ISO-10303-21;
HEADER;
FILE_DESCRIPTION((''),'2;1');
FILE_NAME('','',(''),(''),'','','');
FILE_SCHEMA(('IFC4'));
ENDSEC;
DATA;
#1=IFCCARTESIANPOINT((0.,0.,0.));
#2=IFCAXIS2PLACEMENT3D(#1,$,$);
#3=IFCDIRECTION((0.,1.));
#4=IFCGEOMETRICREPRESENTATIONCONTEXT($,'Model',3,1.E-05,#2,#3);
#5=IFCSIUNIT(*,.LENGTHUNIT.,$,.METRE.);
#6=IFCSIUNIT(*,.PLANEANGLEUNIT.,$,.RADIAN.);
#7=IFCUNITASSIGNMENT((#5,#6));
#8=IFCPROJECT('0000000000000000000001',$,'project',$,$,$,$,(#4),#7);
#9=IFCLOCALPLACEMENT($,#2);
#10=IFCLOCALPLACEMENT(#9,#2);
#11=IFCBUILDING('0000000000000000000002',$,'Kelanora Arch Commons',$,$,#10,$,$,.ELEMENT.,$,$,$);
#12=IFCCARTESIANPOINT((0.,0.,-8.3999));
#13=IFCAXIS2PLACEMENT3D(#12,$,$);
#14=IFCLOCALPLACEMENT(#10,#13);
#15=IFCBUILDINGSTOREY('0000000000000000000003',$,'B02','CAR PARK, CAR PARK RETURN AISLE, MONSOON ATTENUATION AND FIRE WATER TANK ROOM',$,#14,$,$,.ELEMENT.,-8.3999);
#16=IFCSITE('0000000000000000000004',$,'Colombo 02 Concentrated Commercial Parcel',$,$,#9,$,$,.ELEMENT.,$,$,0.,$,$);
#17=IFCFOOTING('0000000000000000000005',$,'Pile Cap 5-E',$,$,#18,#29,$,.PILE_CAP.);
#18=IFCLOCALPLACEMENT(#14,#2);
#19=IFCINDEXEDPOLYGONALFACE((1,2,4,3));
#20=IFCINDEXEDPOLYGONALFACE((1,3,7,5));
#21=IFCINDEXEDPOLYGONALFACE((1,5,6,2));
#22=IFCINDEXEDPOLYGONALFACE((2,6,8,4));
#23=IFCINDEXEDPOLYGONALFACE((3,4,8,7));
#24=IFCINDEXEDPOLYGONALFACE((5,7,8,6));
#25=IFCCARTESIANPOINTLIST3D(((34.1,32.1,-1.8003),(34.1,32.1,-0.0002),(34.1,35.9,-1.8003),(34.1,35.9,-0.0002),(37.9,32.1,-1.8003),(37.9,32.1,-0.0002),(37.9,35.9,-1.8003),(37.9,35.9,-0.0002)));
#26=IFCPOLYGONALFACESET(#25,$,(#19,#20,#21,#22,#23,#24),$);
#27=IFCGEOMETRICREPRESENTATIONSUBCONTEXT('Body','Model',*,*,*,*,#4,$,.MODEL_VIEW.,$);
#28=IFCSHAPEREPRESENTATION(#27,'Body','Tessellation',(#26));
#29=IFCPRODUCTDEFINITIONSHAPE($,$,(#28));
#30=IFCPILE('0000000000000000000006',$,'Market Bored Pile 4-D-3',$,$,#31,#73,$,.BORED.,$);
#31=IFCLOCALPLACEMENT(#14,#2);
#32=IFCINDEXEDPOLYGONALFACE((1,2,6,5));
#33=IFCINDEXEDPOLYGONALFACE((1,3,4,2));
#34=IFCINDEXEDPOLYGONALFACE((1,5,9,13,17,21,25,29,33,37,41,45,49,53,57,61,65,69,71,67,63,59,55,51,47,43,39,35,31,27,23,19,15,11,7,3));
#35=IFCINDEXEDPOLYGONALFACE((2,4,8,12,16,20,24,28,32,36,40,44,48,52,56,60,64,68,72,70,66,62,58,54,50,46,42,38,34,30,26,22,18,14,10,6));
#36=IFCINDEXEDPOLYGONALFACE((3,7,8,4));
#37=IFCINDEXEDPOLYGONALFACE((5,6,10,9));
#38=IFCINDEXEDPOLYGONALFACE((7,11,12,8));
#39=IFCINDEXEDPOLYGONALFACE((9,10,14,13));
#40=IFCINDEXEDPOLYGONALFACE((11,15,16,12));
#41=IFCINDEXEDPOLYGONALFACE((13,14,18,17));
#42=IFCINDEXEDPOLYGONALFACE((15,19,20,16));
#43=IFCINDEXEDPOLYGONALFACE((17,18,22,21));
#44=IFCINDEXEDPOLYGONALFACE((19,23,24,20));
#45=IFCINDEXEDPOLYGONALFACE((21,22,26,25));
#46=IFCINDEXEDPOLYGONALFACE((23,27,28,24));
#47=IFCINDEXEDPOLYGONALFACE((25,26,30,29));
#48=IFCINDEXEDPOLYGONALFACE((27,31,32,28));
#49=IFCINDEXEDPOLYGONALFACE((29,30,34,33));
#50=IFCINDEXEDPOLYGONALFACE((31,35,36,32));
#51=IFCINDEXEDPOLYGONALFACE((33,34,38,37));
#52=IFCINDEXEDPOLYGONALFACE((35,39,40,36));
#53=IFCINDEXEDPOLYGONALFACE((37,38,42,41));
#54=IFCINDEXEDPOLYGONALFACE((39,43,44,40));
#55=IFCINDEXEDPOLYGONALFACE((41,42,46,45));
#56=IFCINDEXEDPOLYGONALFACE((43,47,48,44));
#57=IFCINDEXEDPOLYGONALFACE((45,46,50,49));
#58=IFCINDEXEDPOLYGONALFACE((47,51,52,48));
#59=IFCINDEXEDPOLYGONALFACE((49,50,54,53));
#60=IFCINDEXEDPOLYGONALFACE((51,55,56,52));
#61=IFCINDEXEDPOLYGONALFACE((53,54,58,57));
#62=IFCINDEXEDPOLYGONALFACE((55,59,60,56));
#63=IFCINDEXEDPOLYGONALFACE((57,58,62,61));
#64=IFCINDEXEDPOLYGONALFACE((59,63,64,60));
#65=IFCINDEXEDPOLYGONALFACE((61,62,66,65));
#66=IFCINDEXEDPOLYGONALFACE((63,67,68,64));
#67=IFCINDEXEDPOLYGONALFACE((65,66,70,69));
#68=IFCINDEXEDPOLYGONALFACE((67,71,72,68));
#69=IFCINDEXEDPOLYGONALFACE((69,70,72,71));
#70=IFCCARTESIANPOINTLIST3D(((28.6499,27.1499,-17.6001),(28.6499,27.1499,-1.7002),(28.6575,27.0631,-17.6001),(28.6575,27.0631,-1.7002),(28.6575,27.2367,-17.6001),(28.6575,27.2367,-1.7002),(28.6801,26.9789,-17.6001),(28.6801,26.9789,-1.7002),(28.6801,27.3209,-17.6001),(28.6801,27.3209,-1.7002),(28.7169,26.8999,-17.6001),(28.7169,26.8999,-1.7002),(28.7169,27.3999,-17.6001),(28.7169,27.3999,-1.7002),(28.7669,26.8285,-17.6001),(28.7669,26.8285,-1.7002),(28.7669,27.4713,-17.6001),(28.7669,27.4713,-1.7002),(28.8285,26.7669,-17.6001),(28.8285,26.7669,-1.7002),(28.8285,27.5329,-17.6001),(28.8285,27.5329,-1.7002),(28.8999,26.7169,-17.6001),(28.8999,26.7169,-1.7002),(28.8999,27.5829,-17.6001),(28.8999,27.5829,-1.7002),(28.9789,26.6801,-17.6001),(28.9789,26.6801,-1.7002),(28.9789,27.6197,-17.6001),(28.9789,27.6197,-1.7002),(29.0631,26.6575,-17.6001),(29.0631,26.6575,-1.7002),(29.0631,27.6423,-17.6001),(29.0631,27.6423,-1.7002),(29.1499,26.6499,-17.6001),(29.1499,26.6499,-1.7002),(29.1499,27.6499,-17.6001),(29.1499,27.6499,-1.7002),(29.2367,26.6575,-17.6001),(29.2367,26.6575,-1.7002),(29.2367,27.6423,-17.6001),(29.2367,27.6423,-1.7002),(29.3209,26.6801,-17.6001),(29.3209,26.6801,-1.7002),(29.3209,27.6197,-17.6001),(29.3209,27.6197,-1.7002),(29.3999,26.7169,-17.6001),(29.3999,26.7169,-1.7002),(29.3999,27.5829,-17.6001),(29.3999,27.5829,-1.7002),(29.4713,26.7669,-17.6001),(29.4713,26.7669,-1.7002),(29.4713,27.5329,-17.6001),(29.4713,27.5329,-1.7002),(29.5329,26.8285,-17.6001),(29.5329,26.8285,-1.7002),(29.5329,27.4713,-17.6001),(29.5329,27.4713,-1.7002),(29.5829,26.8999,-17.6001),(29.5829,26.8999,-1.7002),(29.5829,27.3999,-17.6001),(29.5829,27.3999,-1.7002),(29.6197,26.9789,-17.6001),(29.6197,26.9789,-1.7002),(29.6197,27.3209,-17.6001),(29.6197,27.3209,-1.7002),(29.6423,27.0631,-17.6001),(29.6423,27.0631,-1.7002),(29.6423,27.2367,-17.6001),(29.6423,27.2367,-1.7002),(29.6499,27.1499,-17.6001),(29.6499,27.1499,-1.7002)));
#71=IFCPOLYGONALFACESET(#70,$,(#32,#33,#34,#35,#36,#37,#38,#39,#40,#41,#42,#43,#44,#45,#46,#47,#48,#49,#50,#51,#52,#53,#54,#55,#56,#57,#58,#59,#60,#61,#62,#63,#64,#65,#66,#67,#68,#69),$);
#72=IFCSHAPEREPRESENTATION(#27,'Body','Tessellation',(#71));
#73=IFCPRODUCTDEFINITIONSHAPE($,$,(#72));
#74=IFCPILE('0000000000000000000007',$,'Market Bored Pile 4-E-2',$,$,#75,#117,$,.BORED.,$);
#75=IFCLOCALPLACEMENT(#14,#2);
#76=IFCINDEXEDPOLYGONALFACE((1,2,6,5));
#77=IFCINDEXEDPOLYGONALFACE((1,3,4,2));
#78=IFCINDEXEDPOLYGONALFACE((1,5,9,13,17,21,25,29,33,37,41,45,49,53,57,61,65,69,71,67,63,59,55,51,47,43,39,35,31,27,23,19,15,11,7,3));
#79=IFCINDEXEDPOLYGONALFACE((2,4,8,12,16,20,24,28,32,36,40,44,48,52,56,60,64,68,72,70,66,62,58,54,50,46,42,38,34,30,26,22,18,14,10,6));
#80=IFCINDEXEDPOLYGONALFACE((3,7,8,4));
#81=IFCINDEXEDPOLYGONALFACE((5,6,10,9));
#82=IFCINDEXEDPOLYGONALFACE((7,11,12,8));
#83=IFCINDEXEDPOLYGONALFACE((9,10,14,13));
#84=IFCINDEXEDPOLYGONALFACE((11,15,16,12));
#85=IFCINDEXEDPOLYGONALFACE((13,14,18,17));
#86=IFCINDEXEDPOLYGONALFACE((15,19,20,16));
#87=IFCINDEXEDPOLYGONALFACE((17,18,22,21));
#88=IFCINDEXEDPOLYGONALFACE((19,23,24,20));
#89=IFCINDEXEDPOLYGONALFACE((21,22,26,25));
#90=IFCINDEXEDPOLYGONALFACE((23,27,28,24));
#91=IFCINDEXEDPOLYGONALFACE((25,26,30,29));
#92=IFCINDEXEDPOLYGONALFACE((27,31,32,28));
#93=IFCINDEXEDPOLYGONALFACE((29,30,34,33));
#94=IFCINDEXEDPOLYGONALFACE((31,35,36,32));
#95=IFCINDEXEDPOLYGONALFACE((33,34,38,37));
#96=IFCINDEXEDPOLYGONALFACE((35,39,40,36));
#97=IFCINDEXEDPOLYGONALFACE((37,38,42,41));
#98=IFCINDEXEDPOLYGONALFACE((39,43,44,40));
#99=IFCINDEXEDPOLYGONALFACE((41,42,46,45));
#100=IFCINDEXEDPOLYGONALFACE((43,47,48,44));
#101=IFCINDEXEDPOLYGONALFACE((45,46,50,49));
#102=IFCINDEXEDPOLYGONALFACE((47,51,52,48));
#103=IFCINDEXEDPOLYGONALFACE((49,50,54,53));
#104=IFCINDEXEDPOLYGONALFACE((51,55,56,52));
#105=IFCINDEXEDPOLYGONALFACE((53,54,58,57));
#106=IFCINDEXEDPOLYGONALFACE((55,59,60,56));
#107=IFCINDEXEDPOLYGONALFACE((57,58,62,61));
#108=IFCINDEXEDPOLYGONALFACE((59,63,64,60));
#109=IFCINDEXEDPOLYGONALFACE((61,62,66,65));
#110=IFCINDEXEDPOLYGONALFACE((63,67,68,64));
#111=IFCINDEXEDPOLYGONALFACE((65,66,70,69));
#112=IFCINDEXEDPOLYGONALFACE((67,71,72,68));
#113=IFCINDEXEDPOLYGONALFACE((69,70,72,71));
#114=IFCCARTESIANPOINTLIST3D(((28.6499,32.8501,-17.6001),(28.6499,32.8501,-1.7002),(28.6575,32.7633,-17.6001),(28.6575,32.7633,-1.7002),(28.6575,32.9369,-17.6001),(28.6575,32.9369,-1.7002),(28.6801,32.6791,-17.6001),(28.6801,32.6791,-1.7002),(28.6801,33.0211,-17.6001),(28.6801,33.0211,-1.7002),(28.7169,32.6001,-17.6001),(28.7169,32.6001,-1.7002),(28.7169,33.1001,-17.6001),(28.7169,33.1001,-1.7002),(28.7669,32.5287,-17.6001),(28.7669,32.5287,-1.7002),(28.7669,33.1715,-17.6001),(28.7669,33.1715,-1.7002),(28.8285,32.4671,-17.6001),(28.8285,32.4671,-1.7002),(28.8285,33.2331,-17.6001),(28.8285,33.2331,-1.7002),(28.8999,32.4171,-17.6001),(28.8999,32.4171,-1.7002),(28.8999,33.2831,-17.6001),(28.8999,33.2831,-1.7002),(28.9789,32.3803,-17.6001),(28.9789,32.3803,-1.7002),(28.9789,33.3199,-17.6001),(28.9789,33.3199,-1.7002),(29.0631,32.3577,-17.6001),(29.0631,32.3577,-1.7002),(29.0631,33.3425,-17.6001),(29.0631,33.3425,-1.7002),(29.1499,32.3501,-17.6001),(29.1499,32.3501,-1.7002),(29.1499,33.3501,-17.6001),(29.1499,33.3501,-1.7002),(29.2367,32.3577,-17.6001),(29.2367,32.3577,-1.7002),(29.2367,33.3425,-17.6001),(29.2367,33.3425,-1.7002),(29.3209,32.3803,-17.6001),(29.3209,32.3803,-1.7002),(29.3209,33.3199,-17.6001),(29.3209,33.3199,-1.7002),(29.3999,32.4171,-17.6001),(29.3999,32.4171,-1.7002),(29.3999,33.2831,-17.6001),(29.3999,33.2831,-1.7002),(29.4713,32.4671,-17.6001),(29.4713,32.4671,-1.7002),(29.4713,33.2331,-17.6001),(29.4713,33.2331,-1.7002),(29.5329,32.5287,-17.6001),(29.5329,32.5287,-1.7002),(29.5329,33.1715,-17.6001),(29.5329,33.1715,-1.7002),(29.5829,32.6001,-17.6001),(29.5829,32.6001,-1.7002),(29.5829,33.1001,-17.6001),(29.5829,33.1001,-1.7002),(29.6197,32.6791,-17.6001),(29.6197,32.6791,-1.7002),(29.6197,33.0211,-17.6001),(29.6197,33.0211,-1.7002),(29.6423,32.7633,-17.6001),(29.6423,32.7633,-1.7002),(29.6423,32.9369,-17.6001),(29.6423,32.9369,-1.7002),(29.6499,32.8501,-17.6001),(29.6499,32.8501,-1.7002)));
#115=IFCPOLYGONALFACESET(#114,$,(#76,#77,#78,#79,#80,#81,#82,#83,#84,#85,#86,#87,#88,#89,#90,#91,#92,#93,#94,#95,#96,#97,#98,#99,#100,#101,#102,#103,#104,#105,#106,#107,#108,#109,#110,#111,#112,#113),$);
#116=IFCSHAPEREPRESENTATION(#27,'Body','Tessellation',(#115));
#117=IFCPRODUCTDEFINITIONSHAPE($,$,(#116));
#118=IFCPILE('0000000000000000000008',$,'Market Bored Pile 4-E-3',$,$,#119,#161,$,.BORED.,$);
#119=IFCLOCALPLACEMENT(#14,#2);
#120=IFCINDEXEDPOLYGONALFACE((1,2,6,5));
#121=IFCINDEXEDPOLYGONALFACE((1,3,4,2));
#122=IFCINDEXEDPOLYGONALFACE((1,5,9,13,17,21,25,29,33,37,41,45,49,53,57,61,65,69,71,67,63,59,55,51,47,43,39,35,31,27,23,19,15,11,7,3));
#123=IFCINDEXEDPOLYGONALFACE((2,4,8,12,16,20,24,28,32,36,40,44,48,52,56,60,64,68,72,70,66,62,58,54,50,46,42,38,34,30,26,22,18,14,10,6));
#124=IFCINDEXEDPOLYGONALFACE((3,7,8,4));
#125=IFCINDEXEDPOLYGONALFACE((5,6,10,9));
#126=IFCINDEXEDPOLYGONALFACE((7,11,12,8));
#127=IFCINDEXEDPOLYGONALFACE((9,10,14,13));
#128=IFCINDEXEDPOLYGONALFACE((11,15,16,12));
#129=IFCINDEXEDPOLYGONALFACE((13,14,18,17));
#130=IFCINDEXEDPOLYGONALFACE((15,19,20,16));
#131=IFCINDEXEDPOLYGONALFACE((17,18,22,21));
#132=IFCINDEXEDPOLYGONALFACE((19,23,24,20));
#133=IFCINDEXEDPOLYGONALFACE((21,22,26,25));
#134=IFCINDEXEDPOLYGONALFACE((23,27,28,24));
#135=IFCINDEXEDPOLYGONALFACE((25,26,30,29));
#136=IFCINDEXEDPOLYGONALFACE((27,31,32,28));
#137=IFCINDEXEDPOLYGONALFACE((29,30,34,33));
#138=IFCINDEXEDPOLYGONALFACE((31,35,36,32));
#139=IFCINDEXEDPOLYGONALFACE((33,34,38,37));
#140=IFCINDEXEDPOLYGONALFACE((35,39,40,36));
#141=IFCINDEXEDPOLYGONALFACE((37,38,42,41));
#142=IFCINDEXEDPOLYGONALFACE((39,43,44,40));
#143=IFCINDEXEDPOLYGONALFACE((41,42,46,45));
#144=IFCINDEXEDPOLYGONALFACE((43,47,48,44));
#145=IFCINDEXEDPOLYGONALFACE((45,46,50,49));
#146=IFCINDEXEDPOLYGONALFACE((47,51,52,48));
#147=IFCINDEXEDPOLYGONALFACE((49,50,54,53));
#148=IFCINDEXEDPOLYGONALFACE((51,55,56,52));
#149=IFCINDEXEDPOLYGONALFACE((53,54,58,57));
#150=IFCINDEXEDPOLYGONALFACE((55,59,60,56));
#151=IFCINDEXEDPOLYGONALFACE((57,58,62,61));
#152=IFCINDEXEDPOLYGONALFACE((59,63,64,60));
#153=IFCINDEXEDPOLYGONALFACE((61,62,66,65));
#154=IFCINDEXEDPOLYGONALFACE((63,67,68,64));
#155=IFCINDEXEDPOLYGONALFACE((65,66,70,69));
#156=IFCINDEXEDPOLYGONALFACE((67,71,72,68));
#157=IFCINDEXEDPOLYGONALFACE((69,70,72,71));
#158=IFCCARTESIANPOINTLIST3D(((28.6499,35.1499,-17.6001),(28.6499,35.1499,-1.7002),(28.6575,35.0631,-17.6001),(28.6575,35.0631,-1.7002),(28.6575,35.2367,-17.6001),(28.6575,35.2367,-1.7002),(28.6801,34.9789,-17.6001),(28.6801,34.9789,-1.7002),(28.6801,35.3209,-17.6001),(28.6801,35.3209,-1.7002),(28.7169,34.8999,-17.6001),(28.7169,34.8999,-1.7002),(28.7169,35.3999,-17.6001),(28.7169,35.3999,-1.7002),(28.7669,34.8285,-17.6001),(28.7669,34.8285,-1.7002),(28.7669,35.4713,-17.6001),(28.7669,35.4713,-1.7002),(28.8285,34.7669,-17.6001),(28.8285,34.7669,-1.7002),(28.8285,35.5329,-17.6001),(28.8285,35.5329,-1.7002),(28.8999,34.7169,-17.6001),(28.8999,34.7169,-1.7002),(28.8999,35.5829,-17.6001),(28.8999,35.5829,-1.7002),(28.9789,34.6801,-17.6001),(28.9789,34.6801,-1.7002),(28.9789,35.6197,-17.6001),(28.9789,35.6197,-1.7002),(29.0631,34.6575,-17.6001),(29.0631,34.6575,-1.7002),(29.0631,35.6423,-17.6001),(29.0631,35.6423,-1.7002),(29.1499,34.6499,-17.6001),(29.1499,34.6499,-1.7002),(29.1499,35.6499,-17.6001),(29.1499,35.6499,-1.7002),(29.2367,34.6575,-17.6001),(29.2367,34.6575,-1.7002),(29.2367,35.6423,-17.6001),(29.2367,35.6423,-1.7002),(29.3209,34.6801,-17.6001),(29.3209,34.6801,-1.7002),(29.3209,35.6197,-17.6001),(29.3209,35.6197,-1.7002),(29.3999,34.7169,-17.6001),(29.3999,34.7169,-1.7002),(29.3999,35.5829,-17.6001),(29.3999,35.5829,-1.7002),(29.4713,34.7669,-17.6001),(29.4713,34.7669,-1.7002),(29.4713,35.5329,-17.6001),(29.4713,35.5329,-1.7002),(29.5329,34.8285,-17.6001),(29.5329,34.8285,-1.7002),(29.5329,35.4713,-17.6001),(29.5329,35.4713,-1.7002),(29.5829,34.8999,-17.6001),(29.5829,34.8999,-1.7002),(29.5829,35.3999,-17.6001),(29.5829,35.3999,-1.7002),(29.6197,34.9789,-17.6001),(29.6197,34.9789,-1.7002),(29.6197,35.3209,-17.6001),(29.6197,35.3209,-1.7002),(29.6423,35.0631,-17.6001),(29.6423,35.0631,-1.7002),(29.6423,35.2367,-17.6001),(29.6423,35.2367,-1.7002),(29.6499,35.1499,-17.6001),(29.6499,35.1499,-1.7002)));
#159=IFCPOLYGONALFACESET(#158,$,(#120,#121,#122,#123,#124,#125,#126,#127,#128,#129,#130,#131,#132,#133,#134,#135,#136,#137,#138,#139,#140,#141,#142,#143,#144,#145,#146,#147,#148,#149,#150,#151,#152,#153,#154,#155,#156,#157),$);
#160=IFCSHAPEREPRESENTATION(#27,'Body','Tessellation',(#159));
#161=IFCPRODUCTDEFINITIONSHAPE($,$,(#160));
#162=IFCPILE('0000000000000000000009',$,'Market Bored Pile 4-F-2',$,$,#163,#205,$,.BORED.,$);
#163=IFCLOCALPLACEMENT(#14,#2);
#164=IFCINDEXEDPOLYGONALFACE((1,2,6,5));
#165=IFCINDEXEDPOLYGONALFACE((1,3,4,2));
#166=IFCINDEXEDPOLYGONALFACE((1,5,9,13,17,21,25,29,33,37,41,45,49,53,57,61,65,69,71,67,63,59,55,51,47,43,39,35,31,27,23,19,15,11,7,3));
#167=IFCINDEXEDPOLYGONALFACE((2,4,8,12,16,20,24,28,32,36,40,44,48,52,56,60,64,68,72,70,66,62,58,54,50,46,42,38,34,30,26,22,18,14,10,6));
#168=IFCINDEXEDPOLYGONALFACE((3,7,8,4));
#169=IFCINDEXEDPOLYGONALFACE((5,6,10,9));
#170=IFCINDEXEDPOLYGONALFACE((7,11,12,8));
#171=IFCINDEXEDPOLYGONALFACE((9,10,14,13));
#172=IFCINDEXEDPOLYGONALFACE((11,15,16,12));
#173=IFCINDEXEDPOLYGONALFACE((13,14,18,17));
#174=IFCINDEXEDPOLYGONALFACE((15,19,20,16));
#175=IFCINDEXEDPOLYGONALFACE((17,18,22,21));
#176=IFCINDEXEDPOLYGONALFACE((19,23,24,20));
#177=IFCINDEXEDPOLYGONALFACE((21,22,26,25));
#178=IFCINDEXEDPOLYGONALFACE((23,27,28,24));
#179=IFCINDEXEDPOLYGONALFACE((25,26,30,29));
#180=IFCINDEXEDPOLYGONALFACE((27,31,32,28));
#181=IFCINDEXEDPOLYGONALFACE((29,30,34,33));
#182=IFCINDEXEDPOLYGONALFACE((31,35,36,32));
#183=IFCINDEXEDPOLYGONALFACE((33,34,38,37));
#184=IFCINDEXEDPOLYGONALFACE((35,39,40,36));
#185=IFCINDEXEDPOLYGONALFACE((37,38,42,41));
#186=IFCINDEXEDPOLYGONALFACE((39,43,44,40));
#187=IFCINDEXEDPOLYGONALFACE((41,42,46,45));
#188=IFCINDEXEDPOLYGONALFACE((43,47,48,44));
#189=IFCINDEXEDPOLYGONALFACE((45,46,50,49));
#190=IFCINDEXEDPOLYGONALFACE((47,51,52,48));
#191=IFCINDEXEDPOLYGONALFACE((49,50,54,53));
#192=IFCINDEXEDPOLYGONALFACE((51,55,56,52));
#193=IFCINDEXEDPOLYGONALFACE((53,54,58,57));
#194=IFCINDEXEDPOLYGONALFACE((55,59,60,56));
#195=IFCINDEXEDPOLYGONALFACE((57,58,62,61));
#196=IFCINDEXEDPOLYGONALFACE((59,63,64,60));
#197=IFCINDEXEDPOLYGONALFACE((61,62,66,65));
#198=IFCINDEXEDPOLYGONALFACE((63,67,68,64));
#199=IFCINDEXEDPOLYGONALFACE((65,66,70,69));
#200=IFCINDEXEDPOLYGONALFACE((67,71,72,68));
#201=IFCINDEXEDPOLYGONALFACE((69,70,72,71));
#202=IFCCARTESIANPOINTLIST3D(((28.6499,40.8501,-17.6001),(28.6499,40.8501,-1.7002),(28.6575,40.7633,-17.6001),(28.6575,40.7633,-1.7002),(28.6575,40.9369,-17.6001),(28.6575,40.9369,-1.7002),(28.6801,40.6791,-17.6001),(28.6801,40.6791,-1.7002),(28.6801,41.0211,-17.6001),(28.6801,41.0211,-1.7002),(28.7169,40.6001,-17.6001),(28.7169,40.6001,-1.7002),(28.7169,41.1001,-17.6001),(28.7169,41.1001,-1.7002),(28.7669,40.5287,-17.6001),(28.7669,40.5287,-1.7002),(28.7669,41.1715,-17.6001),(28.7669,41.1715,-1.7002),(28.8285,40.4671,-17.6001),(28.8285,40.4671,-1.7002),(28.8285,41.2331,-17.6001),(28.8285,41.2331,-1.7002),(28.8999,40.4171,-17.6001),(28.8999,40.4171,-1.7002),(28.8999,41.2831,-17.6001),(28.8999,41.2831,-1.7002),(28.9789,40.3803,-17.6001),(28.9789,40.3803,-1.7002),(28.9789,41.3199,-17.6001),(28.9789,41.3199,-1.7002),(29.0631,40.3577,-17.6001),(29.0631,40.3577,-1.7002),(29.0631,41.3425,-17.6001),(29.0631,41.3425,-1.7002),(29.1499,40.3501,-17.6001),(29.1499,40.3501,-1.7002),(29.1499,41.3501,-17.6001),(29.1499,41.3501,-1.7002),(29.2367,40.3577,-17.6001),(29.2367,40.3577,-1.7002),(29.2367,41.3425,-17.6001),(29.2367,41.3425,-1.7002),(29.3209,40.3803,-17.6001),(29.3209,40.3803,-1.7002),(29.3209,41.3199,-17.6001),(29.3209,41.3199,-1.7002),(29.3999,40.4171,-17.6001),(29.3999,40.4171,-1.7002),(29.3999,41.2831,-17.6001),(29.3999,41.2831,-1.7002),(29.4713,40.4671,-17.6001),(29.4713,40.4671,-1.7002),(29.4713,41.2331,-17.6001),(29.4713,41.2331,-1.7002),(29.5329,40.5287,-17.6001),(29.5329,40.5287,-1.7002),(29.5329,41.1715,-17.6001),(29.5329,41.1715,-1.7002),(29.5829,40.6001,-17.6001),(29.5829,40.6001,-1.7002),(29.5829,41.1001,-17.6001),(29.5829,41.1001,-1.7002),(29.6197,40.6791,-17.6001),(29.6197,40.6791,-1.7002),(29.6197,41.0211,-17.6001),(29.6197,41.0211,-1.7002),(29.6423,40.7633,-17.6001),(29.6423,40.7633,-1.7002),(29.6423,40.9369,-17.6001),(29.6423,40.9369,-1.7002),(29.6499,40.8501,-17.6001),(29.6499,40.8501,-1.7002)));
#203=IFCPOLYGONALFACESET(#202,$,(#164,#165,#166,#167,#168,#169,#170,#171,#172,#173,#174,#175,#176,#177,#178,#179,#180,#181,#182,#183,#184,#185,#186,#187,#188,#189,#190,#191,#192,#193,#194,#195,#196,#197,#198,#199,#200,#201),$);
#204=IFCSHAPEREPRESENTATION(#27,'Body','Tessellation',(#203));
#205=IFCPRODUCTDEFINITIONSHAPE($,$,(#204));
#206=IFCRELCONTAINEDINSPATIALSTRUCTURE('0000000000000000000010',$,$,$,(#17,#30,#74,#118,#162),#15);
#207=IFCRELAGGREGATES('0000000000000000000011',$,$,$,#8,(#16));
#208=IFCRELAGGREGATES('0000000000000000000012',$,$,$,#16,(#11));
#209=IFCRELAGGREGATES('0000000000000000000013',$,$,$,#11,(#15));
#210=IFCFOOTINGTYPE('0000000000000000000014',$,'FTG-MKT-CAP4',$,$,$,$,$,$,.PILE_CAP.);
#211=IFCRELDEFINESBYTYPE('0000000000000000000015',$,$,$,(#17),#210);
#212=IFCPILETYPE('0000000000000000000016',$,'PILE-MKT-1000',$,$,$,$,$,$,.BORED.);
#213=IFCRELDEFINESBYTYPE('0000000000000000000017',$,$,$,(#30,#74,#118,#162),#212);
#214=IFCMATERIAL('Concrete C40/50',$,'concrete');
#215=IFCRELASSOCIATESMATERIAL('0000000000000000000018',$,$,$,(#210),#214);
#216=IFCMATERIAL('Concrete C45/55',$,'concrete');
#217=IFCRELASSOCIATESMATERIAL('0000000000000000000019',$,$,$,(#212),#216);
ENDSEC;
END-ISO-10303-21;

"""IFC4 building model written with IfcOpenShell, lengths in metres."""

from ifc_helpers import new_model, si_unit, direction, frame, origin, origin_2d, place, context, subcontext, project, spatial, rectangle, circle, extrude, source, transform, mapped, material, material_profile, profile_set, type_object, element, save


model = new_model("IFC4")

# Units and contexts
model_context = context("Model", 3, precision=1e-05, world=origin(), true_north=direction((0.0, 1.0)))
body_context = subcontext(model_context, "Body", "Model", "MODEL_VIEW")
ifc_project = project(units=[si_unit("LENGTHUNIT", "METRE"), si_unit("PLANEANGLEUNIT", "RADIAN")], contexts=[model_context])

# Site, building, storey
site_placement = place(None, origin())
site = spatial("IfcSite", under=ifc_project, at=site_placement, Name="Colombo 02 Concentrated Commercial Parcel", CompositionType="ELEMENT", RefElevation=0.0)
building_placement = place(site_placement, origin())
building = spatial("IfcBuilding", under=site, at=building_placement, Name="Kelanora Arch Commons", CompositionType="ELEMENT")
storey_placement = place(building_placement, frame((0.0, 0.0, -8.3999)))
storey = spatial("IfcBuildingStorey", under=building, at=storey_placement, Name="B02", Description="CAR PARK, CAR PARK RETURN AISLE, MONSOON ATTENUATION AND FIRE WATER TANK ROOM", CompositionType="ELEMENT", Elevation=-8.3999)

# Footing
ifc_material_1 = material(Name="Concrete C40/50", Category="concrete")
footing_type_1 = type_object("IfcFootingType", Name="FTG-MKT-CAP4", PredefinedType="PILE_CAP", material=ifc_material_1)
shared_shape_1 = source(origin(), body_context, "Body", "SweptSolid", [
    extrude(rectangle(XDim=3.8, YDim=3.8, at=origin_2d()), origin(), (0.0, 0.0, 1.0), 1.8),
])
footing_placement = place(storey_placement, frame((36.0, 34.0, -1.8003), z_axis=(0.0, 0.0, 1.0), x_axis=(1.0, 0.0, 0.0)))
element("IfcFooting", 1, at=footing_placement, inside=storey, type_object=footing_type_1, Name="Pile Cap 5-E", PredefinedType="PILE_CAP", context=body_context, shape_type="MappedRepresentation", body=[
    mapped(shared_shape_1, transform((0.0, 0.0, 0.0), scale=1.0)),
])

# Piles
ifc_material_2 = material(Name="Concrete C45/55", Category="concrete")
ifc_material_profile_1 = material_profile(ifc_material_2, circle(Radius=0.5, at=origin_2d()), Name="PILE1000")
ifc_profile_set_1 = profile_set([ifc_material_profile_1], Name="Concrete C45/55")
pile_type = type_object("IfcPileType", Name="PILE-MKT-1000", PredefinedType="BORED", material=ifc_profile_set_1)
shared_shape_2 = source(origin(), body_context, "Body", "SweptSolid", [
    extrude(circle(Radius=0.5, at=origin_2d()), origin(), (0.0, 0.0, 1.0), 15.8999),
])
for number, where, z_axis, x_axis, name in (
    (2, (29.1499, 27.1499, -1.7002), (0.0, 0.0, -1.0), (1.0, 0.0, 0.0), "Market Bored Pile 4-D-3"),
    (3, (29.1499, 32.8501, -1.7002), (0.0, 0.0, -1.0), (1.0, 0.0, 0.0), "Market Bored Pile 4-E-2"),
    (4, (29.1499, 35.1499, -1.7002), (0.0, 0.0, -1.0), (1.0, 0.0, 0.0), "Market Bored Pile 4-E-3"),
    (5, (29.1499, 40.8501, -1.7002), (0.0, 0.0, -1.0), (1.0, 0.0, 0.0), "Market Bored Pile 4-F-2"),
):
    element("IfcPile", number, at=place(storey_placement, frame(where, z_axis=z_axis, x_axis=x_axis)), inside=storey, type_object=pile_type, Name=name, PredefinedType="BORED", context=body_context, shape_type="MappedRepresentation", body=[
        mapped(shared_shape_2, transform((0.0, 0.0, 0.0), scale=1.0)),
    ])

save(model, "model.ifc")
